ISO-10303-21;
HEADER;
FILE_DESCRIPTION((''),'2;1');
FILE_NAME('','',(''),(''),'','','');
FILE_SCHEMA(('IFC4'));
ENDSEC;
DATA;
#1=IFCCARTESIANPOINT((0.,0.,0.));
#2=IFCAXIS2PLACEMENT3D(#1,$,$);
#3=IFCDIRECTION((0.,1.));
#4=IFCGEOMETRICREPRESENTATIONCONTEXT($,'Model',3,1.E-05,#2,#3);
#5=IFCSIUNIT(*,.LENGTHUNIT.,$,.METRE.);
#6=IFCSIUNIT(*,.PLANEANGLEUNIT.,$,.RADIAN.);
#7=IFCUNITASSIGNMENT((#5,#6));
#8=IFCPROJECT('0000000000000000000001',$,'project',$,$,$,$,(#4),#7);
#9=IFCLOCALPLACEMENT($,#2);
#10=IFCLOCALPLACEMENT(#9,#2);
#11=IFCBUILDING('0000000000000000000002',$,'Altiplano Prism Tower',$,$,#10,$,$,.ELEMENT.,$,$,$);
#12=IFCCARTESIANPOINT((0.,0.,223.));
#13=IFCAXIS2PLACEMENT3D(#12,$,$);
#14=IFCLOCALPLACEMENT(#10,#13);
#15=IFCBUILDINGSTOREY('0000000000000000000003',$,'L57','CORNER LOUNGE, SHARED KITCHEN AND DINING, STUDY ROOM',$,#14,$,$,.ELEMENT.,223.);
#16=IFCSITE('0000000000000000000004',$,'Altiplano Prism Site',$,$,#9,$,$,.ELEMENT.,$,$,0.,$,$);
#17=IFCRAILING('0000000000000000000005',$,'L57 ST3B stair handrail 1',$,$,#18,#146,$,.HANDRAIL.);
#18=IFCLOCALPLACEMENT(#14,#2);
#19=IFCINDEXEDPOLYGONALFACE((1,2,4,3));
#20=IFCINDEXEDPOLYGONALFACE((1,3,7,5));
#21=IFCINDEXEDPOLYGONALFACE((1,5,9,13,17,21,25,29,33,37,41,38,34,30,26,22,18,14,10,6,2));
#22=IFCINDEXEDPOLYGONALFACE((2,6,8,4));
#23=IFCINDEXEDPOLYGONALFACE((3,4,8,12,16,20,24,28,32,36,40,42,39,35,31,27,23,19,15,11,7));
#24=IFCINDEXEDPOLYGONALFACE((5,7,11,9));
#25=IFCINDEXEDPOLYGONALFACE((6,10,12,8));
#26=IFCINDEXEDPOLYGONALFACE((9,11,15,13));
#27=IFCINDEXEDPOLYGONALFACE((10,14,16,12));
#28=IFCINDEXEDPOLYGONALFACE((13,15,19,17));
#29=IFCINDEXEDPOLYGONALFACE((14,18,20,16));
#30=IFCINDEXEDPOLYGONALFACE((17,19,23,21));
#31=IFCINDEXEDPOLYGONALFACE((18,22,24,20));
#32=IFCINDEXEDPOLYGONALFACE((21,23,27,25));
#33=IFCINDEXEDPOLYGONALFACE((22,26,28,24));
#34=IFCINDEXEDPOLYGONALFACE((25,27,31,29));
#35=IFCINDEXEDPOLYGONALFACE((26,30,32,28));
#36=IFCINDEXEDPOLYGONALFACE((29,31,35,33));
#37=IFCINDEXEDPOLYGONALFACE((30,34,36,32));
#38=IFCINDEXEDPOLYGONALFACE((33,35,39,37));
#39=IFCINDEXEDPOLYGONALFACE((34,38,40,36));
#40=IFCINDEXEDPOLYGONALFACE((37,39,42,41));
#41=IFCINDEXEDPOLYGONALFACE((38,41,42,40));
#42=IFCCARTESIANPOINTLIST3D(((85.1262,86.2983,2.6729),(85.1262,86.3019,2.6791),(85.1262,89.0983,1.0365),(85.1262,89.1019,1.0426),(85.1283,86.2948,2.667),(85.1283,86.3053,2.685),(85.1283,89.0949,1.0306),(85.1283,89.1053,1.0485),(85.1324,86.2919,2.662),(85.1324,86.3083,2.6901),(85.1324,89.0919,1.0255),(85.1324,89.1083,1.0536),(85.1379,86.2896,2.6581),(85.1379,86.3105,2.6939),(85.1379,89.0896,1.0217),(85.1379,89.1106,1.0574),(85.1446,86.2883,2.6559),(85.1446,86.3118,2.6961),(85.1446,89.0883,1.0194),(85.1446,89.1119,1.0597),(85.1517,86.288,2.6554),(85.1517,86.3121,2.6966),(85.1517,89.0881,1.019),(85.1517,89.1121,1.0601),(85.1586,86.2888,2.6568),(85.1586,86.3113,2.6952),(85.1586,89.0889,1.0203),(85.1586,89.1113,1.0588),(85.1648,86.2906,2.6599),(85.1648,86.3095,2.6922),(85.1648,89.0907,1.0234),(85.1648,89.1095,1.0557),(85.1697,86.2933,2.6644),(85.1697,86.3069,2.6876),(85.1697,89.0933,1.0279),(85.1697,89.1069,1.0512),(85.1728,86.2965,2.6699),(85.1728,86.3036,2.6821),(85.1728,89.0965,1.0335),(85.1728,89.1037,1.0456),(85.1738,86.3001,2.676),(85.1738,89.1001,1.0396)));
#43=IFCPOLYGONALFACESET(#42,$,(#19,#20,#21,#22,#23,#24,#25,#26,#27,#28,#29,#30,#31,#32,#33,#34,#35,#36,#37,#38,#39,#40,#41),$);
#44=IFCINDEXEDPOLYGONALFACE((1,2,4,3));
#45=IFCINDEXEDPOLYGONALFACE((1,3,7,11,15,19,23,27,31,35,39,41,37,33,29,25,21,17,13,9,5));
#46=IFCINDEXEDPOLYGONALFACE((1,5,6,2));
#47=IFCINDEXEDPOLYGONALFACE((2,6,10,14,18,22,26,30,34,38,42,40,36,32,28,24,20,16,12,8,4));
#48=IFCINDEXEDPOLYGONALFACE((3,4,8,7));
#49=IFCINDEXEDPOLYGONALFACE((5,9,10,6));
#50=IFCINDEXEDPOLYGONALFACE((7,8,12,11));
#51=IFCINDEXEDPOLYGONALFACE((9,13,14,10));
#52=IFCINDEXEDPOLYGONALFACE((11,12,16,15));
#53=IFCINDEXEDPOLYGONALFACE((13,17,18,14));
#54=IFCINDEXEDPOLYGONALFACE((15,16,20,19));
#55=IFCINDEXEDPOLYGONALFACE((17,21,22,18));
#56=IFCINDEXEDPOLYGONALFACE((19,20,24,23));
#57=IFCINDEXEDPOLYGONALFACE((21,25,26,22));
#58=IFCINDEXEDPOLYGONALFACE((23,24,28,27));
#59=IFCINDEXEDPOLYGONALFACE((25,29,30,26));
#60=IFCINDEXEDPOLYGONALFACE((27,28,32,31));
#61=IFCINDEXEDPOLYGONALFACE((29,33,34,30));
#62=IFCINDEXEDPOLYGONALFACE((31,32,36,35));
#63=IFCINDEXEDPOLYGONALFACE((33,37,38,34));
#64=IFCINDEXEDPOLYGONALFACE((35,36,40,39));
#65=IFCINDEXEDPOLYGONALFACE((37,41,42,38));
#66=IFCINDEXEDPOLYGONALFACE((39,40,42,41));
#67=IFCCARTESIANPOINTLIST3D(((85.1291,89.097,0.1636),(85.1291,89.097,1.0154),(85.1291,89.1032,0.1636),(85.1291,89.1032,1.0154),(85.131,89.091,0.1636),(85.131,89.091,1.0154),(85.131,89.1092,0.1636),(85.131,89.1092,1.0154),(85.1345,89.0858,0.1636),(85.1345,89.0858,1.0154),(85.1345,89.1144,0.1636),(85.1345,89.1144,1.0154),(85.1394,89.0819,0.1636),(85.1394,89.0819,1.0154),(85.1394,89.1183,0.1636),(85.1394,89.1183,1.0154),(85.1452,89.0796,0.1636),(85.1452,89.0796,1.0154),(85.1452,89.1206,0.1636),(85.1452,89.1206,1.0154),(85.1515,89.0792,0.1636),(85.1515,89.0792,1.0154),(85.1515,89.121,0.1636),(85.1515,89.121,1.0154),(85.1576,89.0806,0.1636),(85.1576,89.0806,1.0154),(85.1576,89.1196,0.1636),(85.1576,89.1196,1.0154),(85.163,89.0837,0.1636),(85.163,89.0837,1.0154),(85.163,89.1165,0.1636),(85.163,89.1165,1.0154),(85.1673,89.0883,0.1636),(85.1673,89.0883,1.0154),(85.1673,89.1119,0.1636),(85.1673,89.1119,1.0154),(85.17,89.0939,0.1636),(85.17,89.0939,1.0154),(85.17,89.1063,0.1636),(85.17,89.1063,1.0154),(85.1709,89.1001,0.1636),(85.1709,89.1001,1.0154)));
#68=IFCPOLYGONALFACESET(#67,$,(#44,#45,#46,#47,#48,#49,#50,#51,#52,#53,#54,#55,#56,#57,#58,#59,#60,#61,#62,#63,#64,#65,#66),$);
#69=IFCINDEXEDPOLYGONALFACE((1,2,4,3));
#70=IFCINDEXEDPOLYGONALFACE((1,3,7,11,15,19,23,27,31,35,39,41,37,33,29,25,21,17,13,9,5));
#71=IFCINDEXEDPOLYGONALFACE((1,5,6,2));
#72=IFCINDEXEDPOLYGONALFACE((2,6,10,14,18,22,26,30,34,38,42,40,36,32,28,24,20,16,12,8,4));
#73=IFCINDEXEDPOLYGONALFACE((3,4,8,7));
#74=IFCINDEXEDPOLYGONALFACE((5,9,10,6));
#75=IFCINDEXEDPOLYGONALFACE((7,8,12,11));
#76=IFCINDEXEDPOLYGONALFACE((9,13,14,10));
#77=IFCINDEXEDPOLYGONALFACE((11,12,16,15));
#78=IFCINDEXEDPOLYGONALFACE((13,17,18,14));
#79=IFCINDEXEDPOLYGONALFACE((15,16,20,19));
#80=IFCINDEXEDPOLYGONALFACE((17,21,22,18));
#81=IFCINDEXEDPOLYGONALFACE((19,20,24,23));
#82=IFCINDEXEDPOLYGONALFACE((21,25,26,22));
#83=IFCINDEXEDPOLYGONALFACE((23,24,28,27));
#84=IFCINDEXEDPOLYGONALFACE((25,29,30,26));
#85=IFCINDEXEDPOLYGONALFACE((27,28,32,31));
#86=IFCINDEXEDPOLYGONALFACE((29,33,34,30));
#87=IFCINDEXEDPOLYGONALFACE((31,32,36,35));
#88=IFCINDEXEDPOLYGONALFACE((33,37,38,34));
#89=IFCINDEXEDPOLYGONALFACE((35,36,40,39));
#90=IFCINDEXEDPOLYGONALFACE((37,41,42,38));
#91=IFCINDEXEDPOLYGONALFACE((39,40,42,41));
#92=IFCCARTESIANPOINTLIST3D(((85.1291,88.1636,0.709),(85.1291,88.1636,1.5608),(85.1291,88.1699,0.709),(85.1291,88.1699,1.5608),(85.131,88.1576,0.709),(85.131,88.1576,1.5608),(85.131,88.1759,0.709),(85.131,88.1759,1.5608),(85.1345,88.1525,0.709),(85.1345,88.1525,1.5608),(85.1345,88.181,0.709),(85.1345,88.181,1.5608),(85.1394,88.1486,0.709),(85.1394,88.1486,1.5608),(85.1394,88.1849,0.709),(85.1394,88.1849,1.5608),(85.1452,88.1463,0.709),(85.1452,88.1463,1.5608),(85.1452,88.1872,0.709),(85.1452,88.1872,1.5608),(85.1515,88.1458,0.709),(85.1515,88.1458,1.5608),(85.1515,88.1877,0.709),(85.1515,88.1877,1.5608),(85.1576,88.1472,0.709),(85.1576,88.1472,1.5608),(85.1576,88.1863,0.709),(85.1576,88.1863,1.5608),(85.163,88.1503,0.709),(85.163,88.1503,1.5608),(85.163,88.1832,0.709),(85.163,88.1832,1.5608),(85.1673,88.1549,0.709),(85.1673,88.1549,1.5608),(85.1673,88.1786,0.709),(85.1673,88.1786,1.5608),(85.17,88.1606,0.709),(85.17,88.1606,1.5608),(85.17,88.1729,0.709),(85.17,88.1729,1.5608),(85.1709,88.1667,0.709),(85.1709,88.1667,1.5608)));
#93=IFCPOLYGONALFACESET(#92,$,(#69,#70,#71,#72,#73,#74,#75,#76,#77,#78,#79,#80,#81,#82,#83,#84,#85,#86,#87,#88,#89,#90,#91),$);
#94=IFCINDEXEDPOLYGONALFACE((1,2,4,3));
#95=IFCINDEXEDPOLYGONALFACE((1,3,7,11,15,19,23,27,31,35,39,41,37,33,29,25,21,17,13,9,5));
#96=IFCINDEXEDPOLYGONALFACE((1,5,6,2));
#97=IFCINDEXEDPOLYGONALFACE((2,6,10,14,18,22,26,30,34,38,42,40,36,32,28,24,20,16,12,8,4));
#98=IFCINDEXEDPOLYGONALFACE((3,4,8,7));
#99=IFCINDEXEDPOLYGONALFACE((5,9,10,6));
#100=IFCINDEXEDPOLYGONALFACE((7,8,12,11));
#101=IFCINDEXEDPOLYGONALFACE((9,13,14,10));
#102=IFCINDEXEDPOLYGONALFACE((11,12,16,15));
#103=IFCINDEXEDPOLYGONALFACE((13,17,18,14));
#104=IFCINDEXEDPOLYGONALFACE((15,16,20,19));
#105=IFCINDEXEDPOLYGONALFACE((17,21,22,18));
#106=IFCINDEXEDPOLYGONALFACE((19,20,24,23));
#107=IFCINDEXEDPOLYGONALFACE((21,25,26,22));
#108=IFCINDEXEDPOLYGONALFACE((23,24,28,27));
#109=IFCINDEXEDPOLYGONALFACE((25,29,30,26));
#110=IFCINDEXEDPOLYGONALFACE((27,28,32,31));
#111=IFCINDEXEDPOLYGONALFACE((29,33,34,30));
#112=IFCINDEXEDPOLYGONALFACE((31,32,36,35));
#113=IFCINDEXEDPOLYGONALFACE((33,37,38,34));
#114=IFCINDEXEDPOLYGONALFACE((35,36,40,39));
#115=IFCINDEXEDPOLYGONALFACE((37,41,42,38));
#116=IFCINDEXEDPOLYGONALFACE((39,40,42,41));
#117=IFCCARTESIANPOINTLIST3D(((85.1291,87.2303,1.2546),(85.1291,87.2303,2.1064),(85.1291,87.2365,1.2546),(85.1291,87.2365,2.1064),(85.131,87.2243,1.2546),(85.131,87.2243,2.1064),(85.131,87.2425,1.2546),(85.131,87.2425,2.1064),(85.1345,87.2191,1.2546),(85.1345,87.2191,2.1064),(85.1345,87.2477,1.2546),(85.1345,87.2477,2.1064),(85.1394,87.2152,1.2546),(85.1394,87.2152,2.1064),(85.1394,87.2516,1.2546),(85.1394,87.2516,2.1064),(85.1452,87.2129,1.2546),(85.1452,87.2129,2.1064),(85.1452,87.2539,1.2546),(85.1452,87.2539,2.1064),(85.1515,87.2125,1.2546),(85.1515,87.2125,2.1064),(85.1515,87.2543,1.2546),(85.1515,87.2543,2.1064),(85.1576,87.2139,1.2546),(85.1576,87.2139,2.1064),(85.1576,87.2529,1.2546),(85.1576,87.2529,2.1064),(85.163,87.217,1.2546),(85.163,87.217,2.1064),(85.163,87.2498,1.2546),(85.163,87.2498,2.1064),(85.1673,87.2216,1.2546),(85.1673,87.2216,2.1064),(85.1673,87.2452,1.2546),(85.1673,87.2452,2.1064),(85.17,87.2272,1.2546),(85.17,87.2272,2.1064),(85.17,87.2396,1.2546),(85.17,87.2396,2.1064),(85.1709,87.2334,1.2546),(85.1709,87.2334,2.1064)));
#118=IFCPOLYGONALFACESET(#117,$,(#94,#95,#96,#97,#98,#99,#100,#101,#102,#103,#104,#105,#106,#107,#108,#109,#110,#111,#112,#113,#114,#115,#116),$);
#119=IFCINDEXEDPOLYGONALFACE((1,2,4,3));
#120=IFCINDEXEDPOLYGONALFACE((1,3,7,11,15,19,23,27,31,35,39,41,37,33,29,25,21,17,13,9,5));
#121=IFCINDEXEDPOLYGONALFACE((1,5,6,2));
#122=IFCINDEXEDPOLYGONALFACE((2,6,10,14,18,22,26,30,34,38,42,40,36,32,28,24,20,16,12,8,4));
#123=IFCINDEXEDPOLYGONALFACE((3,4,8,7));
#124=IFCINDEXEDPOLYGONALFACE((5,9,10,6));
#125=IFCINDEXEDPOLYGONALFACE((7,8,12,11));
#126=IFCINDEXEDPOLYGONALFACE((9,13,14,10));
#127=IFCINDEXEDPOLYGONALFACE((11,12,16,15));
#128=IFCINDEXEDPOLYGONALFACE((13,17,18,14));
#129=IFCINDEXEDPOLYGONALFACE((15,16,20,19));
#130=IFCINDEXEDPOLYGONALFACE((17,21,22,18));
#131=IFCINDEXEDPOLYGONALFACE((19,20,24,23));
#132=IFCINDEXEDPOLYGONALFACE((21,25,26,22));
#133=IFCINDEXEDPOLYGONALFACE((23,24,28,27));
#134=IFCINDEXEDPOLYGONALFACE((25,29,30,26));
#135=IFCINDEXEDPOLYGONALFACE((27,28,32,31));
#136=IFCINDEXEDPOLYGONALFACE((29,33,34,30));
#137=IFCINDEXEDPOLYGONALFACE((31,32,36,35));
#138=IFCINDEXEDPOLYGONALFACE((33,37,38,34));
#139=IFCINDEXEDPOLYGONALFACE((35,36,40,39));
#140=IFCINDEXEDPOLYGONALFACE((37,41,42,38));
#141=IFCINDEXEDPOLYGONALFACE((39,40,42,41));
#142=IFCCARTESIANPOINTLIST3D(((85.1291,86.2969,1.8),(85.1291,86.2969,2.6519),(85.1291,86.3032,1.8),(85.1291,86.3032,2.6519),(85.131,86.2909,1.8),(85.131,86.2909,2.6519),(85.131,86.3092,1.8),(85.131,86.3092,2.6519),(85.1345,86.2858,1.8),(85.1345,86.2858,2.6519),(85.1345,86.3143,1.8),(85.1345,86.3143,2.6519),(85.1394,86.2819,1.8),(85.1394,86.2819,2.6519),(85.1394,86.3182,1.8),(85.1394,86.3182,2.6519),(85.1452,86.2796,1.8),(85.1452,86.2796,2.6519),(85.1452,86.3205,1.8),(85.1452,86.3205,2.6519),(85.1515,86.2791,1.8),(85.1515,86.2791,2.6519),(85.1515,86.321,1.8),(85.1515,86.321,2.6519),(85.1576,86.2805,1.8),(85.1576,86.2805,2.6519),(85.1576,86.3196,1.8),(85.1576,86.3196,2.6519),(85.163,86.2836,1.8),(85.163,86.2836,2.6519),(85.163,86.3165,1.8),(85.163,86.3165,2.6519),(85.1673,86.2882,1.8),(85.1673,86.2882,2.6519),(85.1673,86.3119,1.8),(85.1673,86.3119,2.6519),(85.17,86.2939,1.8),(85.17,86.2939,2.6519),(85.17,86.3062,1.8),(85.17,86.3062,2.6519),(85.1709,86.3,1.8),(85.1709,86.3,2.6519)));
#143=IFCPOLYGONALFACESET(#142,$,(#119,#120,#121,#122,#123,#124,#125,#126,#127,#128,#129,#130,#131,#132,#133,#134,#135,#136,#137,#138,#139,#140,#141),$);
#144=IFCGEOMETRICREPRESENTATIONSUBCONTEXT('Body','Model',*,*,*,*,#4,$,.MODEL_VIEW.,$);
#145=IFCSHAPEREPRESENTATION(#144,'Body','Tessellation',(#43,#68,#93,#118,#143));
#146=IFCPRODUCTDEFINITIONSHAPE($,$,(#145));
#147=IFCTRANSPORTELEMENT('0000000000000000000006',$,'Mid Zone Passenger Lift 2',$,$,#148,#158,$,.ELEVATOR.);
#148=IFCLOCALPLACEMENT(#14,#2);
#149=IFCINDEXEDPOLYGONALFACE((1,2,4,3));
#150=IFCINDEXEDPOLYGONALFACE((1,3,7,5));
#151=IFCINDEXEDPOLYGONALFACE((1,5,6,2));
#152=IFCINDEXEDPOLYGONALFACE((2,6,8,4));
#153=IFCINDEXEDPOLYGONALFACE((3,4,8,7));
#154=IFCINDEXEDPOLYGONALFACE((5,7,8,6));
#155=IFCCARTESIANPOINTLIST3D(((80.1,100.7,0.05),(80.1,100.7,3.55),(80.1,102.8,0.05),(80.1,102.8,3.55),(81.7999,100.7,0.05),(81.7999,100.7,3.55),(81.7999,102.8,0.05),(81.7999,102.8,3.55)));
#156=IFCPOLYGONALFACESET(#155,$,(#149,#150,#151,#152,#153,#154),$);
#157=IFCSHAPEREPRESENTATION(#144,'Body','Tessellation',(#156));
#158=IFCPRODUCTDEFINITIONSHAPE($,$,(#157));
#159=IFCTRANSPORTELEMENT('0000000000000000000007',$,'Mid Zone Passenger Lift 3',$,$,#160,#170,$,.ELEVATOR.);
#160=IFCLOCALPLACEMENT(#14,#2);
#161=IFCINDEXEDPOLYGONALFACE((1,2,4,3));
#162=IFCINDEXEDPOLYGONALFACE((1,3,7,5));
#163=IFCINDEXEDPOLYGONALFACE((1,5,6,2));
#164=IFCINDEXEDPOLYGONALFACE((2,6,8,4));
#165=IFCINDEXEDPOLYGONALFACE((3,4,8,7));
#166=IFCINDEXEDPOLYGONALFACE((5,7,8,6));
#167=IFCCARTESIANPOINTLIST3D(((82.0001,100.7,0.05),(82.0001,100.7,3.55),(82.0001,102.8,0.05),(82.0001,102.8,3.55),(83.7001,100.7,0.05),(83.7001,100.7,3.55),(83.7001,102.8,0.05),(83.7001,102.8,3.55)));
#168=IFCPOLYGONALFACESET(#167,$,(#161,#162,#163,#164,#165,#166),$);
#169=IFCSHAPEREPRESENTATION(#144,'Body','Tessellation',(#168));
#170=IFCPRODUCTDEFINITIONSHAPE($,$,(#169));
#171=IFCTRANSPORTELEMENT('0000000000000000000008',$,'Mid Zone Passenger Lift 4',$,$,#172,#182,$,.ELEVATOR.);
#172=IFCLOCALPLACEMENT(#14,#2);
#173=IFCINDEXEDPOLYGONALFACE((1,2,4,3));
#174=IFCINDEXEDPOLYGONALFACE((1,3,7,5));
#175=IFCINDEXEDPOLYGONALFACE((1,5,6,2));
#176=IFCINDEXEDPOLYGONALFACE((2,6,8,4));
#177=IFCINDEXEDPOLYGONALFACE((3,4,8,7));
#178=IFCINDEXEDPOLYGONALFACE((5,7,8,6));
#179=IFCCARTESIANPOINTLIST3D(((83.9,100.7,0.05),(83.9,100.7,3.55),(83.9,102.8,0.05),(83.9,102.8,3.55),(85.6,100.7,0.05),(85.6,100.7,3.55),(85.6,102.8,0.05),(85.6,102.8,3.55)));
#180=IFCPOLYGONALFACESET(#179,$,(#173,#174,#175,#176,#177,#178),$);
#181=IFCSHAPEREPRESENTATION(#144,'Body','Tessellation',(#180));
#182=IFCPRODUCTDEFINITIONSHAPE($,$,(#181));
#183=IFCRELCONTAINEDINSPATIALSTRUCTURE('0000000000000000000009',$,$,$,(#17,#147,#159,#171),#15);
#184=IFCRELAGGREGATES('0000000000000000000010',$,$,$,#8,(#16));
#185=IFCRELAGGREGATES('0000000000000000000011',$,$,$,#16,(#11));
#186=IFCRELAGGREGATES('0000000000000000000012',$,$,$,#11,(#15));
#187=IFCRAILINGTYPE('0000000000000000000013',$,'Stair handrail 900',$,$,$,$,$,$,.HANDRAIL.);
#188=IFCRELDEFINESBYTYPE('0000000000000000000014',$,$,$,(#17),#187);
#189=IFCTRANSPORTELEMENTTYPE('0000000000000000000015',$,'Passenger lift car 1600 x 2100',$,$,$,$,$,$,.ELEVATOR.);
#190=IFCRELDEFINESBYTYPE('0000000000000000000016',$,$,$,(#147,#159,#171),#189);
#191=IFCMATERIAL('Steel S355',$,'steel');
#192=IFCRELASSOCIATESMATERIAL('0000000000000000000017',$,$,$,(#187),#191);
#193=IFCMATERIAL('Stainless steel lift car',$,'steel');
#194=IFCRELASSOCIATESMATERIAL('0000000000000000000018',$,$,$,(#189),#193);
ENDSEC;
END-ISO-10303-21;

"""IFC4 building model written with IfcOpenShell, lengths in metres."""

from ifc_helpers import new_model, si_unit, direction, frame, origin, origin_2d, place, context, subcontext, project, spatial, rectangle, circle, extrude, material, type_object, element, save


model = new_model("IFC4")

# Units and contexts
model_context = context("Model", 3, precision=1e-05, world=origin(), true_north=direction((0.0, 1.0)))
body_context = subcontext(model_context, "Body", "Model", "MODEL_VIEW")
ifc_project = project(units=[si_unit("LENGTHUNIT", "METRE"), si_unit("PLANEANGLEUNIT", "RADIAN")], contexts=[model_context])

# Site, building, storey
site_placement = place(None, origin())
site = spatial("IfcSite", under=ifc_project, at=site_placement, Name="Altiplano Prism Site", CompositionType="ELEMENT", RefElevation=0.0)
building_placement = place(site_placement, origin())
building = spatial("IfcBuilding", under=site, at=building_placement, Name="Altiplano Prism Tower", CompositionType="ELEMENT")
storey_placement = place(building_placement, frame((0.0, 0.0, 223.0)))
storey = spatial("IfcBuildingStorey", under=building, at=storey_placement, Name="L57", Description="CORNER LOUNGE, SHARED KITCHEN AND DINING, STUDY ROOM", CompositionType="ELEMENT", Elevation=223.0)

# Railing
ifc_material_1 = material(Name="Steel S355", Category="steel")
railing_type_1 = type_object("IfcRailingType", Name="Stair handrail 900", PredefinedType="HANDRAIL", material=ifc_material_1)
for number, where, name in (
    (1, (85.1499, 89.1001, 0.1636), "L57 ST3B stair handrail 1"),
):
    element("IfcRailing", number, at=place(storey_placement, frame(where)), inside=storey, type_object=railing_type_1, Name=name, PredefinedType="HANDRAIL", context=body_context, shape_type="SweptSolid", body=[
        extrude(circle(Radius=0.0239, at=origin_2d()), frame((0.0, 0.0, 0.876), z_axis=(0.0, -0.863361, 0.504587), x_axis=(1.0, 0.0, 0.0)), (0.0, 0.0, 1.0), 3.2432),
        extrude(circle(Radius=0.021, at=origin_2d()), origin(), (0.0, 0.0, 1.0), 0.8518),
        extrude(circle(Radius=0.021, at=origin_2d()), frame((0.0, -0.9333, 0.5454)), (0.0, 0.0, 1.0), 0.8518),
        extrude(circle(Radius=0.021, at=origin_2d()), frame((0.0, -1.8667, 1.0911)), (0.0, 0.0, 1.0), 0.8518),
        extrude(circle(Radius=0.021, at=origin_2d()), frame((0.0, -2.8, 1.6365)), (0.0, 0.0, 1.0), 0.8518),
    ])

# Transport elements
ifc_material_2 = material(Name="Stainless steel lift car", Category="steel")
transport_element_type = type_object("IfcTransportElementType", Name="Passenger lift car 1600 x 2100", PredefinedType="ELEVATOR", material=ifc_material_2)
for number, where, z_axis, x_axis, name in (
    (2, (80.95, 101.75, 0.05), (0.0, 0.0, 1.0), (1.0, 0.0, 0.0), "Mid Zone Passenger Lift 2"),
    (3, (82.8501, 101.75, 0.05), (0.0, 0.0, 1.0), (1.0, 0.0, 0.0), "Mid Zone Passenger Lift 3"),
    (4, (84.75, 101.75, 0.05), (0.0, 0.0, 1.0), (1.0, 0.0, 0.0), "Mid Zone Passenger Lift 4"),
):
    element("IfcTransportElement", number, at=place(storey_placement, frame(where, z_axis=z_axis, x_axis=x_axis)), inside=storey, type_object=transport_element_type, Name=name, PredefinedType="ELEVATOR", context=body_context, shape_type="SweptSolid", body=[
        extrude(rectangle(XDim=1.7, YDim=2.1001, at=origin_2d()), origin(), (0.0, 0.0, 1.0), 3.5),
    ])

save(model, "model.ifc")
